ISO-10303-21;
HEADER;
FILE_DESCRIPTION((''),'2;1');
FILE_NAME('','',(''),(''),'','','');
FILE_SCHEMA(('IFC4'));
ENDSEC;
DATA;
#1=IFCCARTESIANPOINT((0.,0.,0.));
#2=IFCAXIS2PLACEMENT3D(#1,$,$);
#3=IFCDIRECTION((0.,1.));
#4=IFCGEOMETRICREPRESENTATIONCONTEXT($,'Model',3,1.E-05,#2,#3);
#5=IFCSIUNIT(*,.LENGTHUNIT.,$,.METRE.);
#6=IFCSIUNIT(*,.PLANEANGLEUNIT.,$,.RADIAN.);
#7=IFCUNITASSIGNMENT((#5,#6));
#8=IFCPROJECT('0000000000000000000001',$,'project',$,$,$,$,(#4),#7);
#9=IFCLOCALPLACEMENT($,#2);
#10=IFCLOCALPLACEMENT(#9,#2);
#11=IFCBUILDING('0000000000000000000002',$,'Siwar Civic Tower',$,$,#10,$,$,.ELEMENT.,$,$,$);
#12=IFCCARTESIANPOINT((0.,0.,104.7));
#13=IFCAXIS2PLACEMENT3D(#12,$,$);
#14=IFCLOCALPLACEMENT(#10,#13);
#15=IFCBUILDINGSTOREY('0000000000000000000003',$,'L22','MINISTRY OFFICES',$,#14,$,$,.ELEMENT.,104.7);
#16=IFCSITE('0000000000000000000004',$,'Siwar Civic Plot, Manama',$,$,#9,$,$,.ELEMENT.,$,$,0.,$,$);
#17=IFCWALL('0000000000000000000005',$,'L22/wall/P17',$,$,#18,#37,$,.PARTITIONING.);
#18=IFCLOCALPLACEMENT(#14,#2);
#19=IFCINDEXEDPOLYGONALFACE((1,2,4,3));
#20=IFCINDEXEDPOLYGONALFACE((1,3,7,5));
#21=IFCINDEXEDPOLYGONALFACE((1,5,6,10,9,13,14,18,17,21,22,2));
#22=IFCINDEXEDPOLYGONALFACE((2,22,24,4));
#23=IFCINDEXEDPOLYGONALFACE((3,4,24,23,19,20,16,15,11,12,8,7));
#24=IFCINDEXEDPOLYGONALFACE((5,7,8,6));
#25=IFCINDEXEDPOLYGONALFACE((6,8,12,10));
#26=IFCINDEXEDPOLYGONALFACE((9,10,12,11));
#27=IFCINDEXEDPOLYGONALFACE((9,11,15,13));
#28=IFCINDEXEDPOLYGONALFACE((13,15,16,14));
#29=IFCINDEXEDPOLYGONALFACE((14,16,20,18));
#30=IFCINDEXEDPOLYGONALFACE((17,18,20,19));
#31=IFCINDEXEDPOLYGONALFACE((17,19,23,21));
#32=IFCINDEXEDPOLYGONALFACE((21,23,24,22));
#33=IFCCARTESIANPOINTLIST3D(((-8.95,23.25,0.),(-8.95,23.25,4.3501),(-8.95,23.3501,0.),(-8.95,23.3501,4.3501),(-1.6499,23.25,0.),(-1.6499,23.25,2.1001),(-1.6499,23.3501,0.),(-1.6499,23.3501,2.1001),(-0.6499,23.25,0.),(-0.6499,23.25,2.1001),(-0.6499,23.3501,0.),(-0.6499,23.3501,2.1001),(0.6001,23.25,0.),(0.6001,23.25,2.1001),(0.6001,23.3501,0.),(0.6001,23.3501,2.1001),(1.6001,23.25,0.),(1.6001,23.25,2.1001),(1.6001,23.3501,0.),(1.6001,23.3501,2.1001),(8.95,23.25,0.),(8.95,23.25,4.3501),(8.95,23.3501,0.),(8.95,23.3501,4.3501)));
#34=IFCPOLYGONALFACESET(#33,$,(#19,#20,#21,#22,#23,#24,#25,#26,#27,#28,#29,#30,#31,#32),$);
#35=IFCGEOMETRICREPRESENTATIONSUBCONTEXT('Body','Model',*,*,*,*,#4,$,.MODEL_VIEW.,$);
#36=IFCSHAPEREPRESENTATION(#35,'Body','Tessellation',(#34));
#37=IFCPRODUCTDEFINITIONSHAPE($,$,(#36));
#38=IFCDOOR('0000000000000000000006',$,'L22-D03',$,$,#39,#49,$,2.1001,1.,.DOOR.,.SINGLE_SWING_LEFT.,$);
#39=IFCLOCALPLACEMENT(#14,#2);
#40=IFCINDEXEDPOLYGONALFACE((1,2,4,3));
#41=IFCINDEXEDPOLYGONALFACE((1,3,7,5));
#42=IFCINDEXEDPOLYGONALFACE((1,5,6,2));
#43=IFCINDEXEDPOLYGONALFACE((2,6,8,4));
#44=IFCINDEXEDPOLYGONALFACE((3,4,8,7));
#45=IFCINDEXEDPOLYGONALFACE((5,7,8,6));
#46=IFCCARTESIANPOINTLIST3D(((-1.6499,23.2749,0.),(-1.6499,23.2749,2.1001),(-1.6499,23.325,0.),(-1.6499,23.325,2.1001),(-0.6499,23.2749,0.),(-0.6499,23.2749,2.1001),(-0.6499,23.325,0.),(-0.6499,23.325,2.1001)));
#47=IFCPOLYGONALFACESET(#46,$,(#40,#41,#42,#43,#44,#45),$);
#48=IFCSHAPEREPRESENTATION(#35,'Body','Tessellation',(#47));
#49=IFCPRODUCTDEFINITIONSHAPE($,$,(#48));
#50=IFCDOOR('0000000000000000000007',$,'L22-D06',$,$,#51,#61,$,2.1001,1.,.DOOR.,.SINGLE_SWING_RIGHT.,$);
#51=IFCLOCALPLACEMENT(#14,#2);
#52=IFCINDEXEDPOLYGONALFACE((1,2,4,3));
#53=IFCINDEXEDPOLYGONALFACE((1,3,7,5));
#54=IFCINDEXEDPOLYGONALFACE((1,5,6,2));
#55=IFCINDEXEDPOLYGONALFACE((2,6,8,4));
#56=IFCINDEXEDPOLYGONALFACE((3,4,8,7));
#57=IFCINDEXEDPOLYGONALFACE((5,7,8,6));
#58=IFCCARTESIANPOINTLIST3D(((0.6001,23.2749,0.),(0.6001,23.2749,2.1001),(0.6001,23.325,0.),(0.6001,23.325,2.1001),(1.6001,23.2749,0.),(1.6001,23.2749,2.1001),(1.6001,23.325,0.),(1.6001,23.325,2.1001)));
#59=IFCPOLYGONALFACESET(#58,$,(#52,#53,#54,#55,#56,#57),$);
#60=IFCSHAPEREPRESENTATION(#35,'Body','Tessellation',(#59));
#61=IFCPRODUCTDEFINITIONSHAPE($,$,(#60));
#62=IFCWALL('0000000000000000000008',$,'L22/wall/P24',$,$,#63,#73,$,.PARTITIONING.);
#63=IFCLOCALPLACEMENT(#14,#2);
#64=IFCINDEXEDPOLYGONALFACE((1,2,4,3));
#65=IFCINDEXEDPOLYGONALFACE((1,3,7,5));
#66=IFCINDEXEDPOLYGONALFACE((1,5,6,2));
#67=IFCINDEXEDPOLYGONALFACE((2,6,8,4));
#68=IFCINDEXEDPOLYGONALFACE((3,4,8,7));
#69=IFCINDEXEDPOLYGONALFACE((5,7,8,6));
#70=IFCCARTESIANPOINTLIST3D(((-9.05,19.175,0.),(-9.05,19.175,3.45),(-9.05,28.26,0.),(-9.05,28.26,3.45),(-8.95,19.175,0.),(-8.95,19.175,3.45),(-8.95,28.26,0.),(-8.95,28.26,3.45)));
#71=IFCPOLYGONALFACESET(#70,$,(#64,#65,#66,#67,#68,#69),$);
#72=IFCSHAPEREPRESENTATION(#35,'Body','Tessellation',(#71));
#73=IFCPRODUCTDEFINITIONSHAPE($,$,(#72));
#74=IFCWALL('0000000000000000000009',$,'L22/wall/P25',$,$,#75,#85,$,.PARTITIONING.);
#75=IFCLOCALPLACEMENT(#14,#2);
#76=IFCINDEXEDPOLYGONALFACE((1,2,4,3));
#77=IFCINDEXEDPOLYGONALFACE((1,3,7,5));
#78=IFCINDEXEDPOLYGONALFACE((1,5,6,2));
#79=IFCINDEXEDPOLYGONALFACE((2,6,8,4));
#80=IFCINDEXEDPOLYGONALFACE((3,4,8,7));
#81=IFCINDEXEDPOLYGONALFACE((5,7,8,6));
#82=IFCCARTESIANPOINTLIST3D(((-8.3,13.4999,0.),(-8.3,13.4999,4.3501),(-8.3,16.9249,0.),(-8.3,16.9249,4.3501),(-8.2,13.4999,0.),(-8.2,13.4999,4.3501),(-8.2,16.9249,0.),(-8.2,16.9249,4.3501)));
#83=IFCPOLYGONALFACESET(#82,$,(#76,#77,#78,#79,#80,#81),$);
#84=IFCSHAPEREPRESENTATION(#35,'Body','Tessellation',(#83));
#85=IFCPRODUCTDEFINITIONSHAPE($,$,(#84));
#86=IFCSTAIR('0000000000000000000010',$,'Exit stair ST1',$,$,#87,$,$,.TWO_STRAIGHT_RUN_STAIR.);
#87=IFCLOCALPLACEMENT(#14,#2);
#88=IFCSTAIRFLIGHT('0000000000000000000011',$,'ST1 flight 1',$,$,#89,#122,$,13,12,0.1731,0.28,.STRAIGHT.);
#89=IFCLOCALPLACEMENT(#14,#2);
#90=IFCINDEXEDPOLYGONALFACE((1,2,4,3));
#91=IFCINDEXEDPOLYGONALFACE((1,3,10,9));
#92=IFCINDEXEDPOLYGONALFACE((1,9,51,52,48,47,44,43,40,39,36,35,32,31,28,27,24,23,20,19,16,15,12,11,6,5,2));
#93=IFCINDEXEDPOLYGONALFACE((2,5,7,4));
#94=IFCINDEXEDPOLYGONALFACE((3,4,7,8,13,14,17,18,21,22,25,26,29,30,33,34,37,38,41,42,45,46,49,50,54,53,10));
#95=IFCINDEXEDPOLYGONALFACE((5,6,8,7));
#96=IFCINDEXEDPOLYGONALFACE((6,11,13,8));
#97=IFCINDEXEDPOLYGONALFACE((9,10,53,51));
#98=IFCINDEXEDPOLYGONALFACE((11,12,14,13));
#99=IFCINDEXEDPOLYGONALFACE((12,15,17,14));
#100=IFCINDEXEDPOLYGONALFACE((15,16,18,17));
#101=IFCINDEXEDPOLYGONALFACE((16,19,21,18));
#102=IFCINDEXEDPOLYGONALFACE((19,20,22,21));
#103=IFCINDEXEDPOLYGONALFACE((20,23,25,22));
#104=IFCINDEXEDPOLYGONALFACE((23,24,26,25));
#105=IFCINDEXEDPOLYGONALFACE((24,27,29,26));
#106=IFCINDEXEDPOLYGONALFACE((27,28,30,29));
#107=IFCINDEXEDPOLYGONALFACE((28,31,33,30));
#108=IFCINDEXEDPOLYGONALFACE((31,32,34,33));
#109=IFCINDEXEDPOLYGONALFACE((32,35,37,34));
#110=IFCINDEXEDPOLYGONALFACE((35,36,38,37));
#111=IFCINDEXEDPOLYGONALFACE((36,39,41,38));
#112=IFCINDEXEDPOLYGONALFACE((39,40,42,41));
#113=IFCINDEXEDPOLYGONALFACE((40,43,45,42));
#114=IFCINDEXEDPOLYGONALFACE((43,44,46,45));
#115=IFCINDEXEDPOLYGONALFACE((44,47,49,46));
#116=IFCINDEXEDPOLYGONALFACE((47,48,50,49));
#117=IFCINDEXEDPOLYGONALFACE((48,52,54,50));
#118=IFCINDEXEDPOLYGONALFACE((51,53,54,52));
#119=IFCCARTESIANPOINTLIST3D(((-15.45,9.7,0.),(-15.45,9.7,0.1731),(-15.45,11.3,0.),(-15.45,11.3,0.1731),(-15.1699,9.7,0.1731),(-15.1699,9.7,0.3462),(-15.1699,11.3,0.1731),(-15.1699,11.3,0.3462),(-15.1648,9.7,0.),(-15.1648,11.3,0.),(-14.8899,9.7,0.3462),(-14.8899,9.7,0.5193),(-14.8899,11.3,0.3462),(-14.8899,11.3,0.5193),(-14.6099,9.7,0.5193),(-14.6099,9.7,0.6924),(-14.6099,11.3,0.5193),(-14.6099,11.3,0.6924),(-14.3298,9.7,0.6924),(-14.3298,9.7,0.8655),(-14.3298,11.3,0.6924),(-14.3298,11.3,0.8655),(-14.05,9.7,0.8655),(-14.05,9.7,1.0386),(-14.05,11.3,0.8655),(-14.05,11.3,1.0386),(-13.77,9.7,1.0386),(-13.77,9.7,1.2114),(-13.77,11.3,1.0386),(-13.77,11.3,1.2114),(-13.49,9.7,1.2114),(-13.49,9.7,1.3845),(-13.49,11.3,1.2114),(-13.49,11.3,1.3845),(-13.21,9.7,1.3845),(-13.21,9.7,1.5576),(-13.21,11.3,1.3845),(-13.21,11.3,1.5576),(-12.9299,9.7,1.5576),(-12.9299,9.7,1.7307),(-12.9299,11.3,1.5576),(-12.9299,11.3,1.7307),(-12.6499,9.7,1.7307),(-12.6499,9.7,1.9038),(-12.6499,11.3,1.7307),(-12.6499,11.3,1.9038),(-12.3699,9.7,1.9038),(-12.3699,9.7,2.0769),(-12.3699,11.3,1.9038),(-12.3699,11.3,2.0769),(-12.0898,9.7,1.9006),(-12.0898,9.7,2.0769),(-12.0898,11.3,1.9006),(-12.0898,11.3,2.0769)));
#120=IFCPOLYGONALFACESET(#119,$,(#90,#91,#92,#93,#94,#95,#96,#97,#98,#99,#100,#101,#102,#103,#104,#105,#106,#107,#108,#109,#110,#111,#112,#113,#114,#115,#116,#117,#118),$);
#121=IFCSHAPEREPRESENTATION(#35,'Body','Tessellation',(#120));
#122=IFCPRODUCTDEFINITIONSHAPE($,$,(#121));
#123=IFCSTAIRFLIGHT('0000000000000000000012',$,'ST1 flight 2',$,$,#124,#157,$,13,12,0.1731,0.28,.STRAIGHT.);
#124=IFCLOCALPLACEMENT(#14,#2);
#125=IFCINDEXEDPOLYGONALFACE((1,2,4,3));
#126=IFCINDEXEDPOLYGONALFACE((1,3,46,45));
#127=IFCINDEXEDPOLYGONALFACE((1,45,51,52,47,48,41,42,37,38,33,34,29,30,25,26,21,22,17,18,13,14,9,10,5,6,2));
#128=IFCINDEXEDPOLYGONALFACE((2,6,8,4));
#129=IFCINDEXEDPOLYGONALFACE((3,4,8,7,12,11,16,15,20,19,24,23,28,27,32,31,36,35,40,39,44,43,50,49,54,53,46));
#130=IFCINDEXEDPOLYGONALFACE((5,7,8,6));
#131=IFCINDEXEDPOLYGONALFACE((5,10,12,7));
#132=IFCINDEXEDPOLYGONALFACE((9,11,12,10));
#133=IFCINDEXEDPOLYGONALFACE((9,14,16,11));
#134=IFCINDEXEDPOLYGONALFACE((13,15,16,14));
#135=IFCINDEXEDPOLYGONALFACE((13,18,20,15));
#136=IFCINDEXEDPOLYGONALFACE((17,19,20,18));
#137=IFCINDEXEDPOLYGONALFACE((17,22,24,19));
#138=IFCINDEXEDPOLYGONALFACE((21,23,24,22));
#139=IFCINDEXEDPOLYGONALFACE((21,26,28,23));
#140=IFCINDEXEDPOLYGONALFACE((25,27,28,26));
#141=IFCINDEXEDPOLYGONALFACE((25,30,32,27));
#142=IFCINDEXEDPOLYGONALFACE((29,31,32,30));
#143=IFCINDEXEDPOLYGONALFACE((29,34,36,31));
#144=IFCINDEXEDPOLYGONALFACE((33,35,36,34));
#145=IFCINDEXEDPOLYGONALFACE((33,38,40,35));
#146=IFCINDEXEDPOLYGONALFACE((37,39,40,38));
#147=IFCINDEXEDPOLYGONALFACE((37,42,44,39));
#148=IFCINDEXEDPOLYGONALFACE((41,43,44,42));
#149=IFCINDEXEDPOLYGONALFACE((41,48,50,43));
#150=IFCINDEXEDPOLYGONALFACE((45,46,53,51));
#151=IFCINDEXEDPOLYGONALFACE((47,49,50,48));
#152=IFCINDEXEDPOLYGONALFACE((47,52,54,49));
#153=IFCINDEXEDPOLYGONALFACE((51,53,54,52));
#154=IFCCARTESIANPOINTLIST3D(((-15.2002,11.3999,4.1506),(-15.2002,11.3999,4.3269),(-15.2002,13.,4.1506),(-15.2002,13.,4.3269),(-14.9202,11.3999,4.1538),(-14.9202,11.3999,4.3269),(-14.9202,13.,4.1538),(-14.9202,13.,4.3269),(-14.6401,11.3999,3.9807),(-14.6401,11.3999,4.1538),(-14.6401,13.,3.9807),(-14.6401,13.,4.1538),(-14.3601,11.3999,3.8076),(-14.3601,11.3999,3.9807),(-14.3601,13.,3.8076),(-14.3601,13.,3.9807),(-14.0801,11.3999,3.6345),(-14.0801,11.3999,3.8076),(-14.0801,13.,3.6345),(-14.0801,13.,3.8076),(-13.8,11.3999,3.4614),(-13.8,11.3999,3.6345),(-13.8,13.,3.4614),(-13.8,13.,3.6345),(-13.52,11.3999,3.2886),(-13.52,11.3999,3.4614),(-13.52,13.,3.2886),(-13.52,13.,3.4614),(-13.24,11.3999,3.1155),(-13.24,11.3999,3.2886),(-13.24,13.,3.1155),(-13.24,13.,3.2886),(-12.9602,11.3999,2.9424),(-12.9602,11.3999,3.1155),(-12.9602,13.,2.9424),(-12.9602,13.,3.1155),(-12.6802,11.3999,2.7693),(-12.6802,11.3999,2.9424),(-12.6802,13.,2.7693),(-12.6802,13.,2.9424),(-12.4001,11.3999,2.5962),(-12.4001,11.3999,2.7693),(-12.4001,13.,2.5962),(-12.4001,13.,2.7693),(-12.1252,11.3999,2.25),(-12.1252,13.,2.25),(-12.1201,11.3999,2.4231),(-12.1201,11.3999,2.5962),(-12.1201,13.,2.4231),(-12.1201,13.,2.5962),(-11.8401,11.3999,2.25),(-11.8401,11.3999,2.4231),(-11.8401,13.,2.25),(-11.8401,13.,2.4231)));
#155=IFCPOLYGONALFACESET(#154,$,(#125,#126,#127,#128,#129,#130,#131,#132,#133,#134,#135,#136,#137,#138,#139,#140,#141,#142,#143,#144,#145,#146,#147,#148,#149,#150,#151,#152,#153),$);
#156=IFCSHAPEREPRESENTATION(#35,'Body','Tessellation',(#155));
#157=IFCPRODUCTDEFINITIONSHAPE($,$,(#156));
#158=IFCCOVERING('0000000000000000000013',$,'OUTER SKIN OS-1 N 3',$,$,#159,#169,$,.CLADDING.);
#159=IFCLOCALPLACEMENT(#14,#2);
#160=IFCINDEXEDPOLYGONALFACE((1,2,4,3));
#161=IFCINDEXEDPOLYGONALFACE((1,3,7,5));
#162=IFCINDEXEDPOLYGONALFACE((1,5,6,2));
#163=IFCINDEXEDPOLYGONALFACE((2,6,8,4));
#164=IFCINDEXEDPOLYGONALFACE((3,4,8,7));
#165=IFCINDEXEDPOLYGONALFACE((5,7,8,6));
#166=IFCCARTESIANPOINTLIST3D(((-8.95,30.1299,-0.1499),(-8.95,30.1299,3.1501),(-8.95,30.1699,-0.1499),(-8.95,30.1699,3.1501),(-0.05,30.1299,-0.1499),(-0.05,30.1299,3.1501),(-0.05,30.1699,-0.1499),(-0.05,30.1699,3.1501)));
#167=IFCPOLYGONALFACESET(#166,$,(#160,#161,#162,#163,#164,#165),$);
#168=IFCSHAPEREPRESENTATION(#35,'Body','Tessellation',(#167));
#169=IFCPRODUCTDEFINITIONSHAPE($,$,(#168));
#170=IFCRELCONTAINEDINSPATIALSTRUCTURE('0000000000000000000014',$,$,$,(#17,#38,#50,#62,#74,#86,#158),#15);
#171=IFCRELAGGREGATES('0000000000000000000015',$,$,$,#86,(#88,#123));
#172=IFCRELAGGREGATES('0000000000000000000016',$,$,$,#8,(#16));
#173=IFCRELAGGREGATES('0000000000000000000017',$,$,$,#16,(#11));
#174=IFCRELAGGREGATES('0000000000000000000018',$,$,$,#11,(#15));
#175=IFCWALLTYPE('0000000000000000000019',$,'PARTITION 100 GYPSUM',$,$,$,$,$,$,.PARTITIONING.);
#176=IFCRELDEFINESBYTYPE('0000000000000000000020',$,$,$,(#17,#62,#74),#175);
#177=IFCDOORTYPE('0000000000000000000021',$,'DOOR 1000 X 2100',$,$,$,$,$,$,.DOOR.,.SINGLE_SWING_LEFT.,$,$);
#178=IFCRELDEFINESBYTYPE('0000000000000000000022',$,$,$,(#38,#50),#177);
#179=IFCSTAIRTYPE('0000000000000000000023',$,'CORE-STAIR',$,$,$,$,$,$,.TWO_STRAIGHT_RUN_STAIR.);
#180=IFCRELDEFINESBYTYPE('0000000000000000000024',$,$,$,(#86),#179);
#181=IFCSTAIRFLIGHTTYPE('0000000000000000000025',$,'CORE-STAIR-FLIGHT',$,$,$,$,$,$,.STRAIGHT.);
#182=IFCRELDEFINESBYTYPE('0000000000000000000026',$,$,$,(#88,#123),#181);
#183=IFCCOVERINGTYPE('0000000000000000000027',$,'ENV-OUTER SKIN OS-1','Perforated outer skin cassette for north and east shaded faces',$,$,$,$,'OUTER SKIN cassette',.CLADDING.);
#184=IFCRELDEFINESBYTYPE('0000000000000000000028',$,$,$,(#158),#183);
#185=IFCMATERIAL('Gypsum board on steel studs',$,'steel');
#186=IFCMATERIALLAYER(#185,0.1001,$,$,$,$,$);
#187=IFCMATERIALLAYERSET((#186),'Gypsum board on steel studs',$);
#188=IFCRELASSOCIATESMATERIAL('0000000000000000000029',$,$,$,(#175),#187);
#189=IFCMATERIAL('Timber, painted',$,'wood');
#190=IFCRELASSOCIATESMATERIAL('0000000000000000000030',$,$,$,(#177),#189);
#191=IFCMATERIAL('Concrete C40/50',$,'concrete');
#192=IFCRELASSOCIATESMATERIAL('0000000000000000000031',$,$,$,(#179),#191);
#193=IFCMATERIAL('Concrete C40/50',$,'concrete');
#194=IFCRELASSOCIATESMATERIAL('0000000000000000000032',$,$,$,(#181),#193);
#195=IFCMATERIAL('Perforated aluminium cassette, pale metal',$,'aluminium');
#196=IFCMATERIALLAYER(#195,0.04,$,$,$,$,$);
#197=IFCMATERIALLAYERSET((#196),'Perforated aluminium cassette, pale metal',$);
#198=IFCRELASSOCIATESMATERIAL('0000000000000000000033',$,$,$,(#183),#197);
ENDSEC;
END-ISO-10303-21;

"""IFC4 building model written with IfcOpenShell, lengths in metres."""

from ifc_helpers import new_model, si_unit, direction, frame, frame_2d, origin, origin_2d, place, context, subcontext, project, spatial, polyline, rectangle, outline, extrude, material, layer, layer_set, type_object, element, fill, aggregate, save


model = new_model("IFC4")

# Units and contexts
model_context = context("Model", 3, precision=1e-05, world=origin(), true_north=direction((0.0, 1.0)))
body_context = subcontext(model_context, "Body", "Model", "MODEL_VIEW")
ifc_project = project(units=[si_unit("LENGTHUNIT", "METRE"), si_unit("PLANEANGLEUNIT", "RADIAN")], contexts=[model_context])

# Site, building, storey
site_placement = place(None, origin())
site = spatial("IfcSite", under=ifc_project, at=site_placement, Name="Siwar Civic Plot, Manama", CompositionType="ELEMENT", RefElevation=0.0)
building_placement = place(site_placement, origin())
building = spatial("IfcBuilding", under=site, at=building_placement, Name="Siwar Civic Tower", CompositionType="ELEMENT")
storey_placement = place(building_placement, frame((0.0, 0.0, 104.7)))
storey = spatial("IfcBuildingStorey", under=building, at=storey_placement, Name="L22", Description="MINISTRY OFFICES", CompositionType="ELEMENT", Elevation=104.7)

# Wall, openings, doors
ifc_material_1 = material(Name="Gypsum board on steel studs", Category="steel")
ifc_layer_1 = layer(ifc_material_1, 0.1001)
ifc_layer_set_1 = layer_set([ifc_layer_1], Name="Gypsum board on steel studs")
wall_type_1 = type_object("IfcWallType", Name="PARTITION 100 GYPSUM", PredefinedType="PARTITIONING", material=ifc_layer_set_1)
wall_1_placement = place(storey_placement, frame((-8.95, 23.3, 0.0), z_axis=(0.0, 0.0, 1.0), x_axis=(1.0, 0.0, 0.0)))
wall_1 = element("IfcWall", 1, at=wall_1_placement, inside=storey, type_object=wall_type_1, Name="L22/wall/P17", PredefinedType="PARTITIONING", context=body_context, shape_type="SweptSolid", body=[
    extrude(rectangle(XDim=17.8999, YDim=0.1001, at=frame_2d((8.95, 0.0))), origin(), (0.0, 0.0, 1.0), 4.3501),
])
opening_1_placement = place(wall_1_placement, frame((7.3, 0.0, 0.0)))
opening_1 = element("IfcOpeningElement", 2, at=opening_1_placement, cuts=wall_1, PredefinedType="OPENING", context=body_context, shape_type="SweptSolid", body=[
    extrude(rectangle(XDim=1.0, YDim=2.1001, at=frame_2d((0.5, 1.05))), frame((0.0, 0.0601, 0.0), z_axis=(0.0, -1.0, 0.0), x_axis=(1.0, 0.0, 0.0)), (0.0, 0.0, 1.0), 0.1201),
])
opening_2_placement = place(wall_1_placement, frame((9.55, 0.0, 0.0)))
opening_2 = element("IfcOpeningElement", 3, at=opening_2_placement, cuts=wall_1, PredefinedType="OPENING", context=body_context, shape_type="SweptSolid", body=[
    extrude(rectangle(XDim=1.0, YDim=2.1001, at=frame_2d((0.5, 1.05))), frame((0.0, 0.0601, 0.0), z_axis=(0.0, -1.0, 0.0), x_axis=(1.0, 0.0, 0.0)), (0.0, 0.0, 1.0), 0.1201),
])
ifc_material_2 = material(Name="Timber, painted", Category="wood")
door_type_1 = type_object("IfcDoorType", Name="DOOR 1000 X 2100", OperationType="SINGLE_SWING_LEFT", PredefinedType="DOOR", material=ifc_material_2)
door_1_placement = place(opening_1_placement, origin())
door_1 = element("IfcDoor", 4, at=door_1_placement, inside=storey, type_object=door_type_1, Name="L22-D03", OperationType="SINGLE_SWING_LEFT", OverallHeight=2.1001, OverallWidth=1.0, PredefinedType="DOOR", context=body_context, shape_type="SweptSolid", body=[
    extrude(rectangle(XDim=1.0, YDim=2.1001, at=frame_2d((0.5, 1.05))), frame((0.0, 0.0249, 0.0), z_axis=(0.0, -1.0, 0.0), x_axis=(1.0, 0.0, 0.0)), (0.0, 0.0, 1.0), 0.05),
])
fill(opening_1, door_1)
door_2_placement = place(opening_2_placement, origin())
door_2 = element("IfcDoor", 5, at=door_2_placement, inside=storey, type_object=door_type_1, Name="L22-D06", OperationType="SINGLE_SWING_RIGHT", OverallHeight=2.1001, OverallWidth=1.0, PredefinedType="DOOR", context=body_context, shape_type="SweptSolid", body=[
    extrude(rectangle(XDim=1.0, YDim=2.1001, at=frame_2d((0.5, 1.05))), frame((0.0, 0.0249, 0.0), z_axis=(0.0, -1.0, 0.0), x_axis=(1.0, 0.0, 0.0)), (0.0, 0.0, 1.0), 0.05),
])
fill(opening_2, door_2)

# Walls
wall_2_placement = place(storey_placement, frame((-9.0, 19.175, 0.0), z_axis=(0.0, 0.0, 1.0), x_axis=(0.0, 1.0, 0.0)))
element("IfcWall", 6, at=wall_2_placement, inside=storey, type_object=wall_type_1, Name="L22/wall/P24", PredefinedType="PARTITIONING", context=body_context, shape_type="SweptSolid", body=[
    extrude(rectangle(XDim=9.085, YDim=0.1001, at=frame_2d((4.5425, 0.0))), origin(), (0.0, 0.0, 1.0), 3.45),
])
wall_3_placement = place(storey_placement, frame((-8.25, 13.5, 0.0), z_axis=(0.0, 0.0, 1.0), x_axis=(0.0, 1.0, 0.0)))
element("IfcWall", 7, at=wall_3_placement, inside=storey, type_object=wall_type_1, Name="L22/wall/P25", PredefinedType="PARTITIONING", context=body_context, shape_type="SweptSolid", body=[
    extrude(rectangle(XDim=3.425, YDim=0.1001, at=frame_2d((1.7124, 0.0))), origin(), (0.0, 0.0, 1.0), 4.3501),
])

# Stair, stair flights
ifc_material_3 = material(Name="Concrete C40/50", Category="concrete")
stair_type = type_object("IfcStairType", Name="CORE-STAIR", PredefinedType="TWO_STRAIGHT_RUN_STAIR", material=ifc_material_3)
stair_placement = place(storey_placement, origin())
stair = element("IfcStair", 8, at=stair_placement, inside=storey, type_object=stair_type, Name="Exit stair ST1", PredefinedType="TWO_STRAIGHT_RUN_STAIR")
ifc_material_4 = material(Name="Concrete C40/50", Category="concrete")
stair_flight_type = type_object("IfcStairFlightType", Name="CORE-STAIR-FLIGHT", PredefinedType="STRAIGHT", material=ifc_material_4)
stair_flight_1_placement = place(storey_placement, frame((-15.45, 10.5, 0.0), z_axis=(0.0, 0.0, 1.0), x_axis=(1.0, 0.0, 0.0)))
stair_flight_1 = element("IfcStairFlight", 9, at=stair_flight_1_placement, type_object=stair_flight_type, Name="ST1 flight 1", NumberOfRisers=13, NumberOfTreads=12, PredefinedType="STRAIGHT", RiserHeight=0.1731, TreadLength=0.28, context=body_context, shape_type="SweptSolid", body=[
    extrude(outline(polyline([(0.0, 0.0), (0.0, 0.1731), (0.28, 0.1731), (0.28, 0.3462), (0.5601, 0.3462), (0.5601, 0.5193), (0.8401, 0.5193), (0.8401, 0.6924), (1.1201, 0.6924), (1.1201, 0.8655), (1.3999, 0.8655), (1.3999, 1.0386), (1.6799, 1.0386), (1.6799, 1.2114), (1.96, 1.2114), (1.96, 1.3845), (2.24, 1.3845), (2.24, 1.5576), (2.52, 1.5576), (2.52, 1.7307), (2.8, 1.7307), (2.8, 1.9038), (3.0801, 1.9038), (3.0801, 2.0769), (3.3601, 2.0769), (3.3601, 2.25), (3.3601, 1.9006), (0.2852, 0.0), (0.0, 0.0)])), frame((0.0, 0.8, 0.0), z_axis=(0.0, -1.0, 0.0), x_axis=(1.0, 0.0, 0.0)), (0.0, 0.0, 1.0), 1.6001),
])
stair_flight_2_placement = place(storey_placement, frame((-11.8401, 12.2, 2.25), z_axis=(0.0, 0.0, 1.0), x_axis=(-1.0, 0.0, 0.0)))
stair_flight_2 = element("IfcStairFlight", 10, at=stair_flight_2_placement, type_object=stair_flight_type, Name="ST1 flight 2", NumberOfRisers=13, NumberOfTreads=12, PredefinedType="STRAIGHT", RiserHeight=0.1731, TreadLength=0.28, context=body_context, shape_type="SweptSolid", body=[
    extrude(outline(polyline([(0.0, 0.0), (0.0, 0.1731), (0.28, 0.1731), (0.28, 0.3462), (0.5601, 0.3462), (0.5601, 0.5193), (0.8401, 0.5193), (0.8401, 0.6924), (1.1201, 0.6924), (1.1201, 0.8655), (1.3999, 0.8655), (1.3999, 1.0386), (1.6799, 1.0386), (1.6799, 1.2114), (1.96, 1.2114), (1.96, 1.3845), (2.24, 1.3845), (2.24, 1.5576), (2.52, 1.5576), (2.52, 1.7307), (2.8, 1.7307), (2.8, 1.9038), (3.0801, 1.9038), (3.0801, 2.0769), (3.3601, 2.0769), (3.3601, 2.25), (3.3601, 1.9006), (0.2852, 0.0), (0.0, 0.0)])), frame((0.0, 0.8, 0.0), z_axis=(0.0, -1.0, 0.0), x_axis=(1.0, 0.0, 0.0)), (0.0, 0.0, 1.0), 1.6001),
])
aggregate(stair, [stair_flight_1, stair_flight_2])

# Covering
ifc_material_5 = material(Name="Perforated aluminium cassette, pale metal", Category="aluminium")
ifc_layer_2 = layer(ifc_material_5, 0.04)
ifc_layer_set_2 = layer_set([ifc_layer_2], Name="Perforated aluminium cassette, pale metal")
covering_type = type_object("IfcCoveringType", Name="ENV-OUTER SKIN OS-1", Description="Perforated outer skin cassette for north and east shaded faces", ElementType="OUTER SKIN cassette", PredefinedType="CLADDING", material=ifc_layer_set_2)
covering_1_placement = place(storey_placement, frame((-4.5, 30.1499, -0.1499), z_axis=(0.0, 0.0, 1.0), x_axis=(-1.0, 0.0, 0.0)))
element("IfcCovering", 11, at=covering_1_placement, inside=storey, type_object=covering_type, Name="OUTER SKIN OS-1 N 3", PredefinedType="CLADDING", context=body_context, shape_type="SweptSolid", body=[
    extrude(rectangle(XDim=8.8999, YDim=0.04, at=origin_2d()), origin(), (0.0, 0.0, 1.0), 3.3),
])

save(model, "model.ifc")
